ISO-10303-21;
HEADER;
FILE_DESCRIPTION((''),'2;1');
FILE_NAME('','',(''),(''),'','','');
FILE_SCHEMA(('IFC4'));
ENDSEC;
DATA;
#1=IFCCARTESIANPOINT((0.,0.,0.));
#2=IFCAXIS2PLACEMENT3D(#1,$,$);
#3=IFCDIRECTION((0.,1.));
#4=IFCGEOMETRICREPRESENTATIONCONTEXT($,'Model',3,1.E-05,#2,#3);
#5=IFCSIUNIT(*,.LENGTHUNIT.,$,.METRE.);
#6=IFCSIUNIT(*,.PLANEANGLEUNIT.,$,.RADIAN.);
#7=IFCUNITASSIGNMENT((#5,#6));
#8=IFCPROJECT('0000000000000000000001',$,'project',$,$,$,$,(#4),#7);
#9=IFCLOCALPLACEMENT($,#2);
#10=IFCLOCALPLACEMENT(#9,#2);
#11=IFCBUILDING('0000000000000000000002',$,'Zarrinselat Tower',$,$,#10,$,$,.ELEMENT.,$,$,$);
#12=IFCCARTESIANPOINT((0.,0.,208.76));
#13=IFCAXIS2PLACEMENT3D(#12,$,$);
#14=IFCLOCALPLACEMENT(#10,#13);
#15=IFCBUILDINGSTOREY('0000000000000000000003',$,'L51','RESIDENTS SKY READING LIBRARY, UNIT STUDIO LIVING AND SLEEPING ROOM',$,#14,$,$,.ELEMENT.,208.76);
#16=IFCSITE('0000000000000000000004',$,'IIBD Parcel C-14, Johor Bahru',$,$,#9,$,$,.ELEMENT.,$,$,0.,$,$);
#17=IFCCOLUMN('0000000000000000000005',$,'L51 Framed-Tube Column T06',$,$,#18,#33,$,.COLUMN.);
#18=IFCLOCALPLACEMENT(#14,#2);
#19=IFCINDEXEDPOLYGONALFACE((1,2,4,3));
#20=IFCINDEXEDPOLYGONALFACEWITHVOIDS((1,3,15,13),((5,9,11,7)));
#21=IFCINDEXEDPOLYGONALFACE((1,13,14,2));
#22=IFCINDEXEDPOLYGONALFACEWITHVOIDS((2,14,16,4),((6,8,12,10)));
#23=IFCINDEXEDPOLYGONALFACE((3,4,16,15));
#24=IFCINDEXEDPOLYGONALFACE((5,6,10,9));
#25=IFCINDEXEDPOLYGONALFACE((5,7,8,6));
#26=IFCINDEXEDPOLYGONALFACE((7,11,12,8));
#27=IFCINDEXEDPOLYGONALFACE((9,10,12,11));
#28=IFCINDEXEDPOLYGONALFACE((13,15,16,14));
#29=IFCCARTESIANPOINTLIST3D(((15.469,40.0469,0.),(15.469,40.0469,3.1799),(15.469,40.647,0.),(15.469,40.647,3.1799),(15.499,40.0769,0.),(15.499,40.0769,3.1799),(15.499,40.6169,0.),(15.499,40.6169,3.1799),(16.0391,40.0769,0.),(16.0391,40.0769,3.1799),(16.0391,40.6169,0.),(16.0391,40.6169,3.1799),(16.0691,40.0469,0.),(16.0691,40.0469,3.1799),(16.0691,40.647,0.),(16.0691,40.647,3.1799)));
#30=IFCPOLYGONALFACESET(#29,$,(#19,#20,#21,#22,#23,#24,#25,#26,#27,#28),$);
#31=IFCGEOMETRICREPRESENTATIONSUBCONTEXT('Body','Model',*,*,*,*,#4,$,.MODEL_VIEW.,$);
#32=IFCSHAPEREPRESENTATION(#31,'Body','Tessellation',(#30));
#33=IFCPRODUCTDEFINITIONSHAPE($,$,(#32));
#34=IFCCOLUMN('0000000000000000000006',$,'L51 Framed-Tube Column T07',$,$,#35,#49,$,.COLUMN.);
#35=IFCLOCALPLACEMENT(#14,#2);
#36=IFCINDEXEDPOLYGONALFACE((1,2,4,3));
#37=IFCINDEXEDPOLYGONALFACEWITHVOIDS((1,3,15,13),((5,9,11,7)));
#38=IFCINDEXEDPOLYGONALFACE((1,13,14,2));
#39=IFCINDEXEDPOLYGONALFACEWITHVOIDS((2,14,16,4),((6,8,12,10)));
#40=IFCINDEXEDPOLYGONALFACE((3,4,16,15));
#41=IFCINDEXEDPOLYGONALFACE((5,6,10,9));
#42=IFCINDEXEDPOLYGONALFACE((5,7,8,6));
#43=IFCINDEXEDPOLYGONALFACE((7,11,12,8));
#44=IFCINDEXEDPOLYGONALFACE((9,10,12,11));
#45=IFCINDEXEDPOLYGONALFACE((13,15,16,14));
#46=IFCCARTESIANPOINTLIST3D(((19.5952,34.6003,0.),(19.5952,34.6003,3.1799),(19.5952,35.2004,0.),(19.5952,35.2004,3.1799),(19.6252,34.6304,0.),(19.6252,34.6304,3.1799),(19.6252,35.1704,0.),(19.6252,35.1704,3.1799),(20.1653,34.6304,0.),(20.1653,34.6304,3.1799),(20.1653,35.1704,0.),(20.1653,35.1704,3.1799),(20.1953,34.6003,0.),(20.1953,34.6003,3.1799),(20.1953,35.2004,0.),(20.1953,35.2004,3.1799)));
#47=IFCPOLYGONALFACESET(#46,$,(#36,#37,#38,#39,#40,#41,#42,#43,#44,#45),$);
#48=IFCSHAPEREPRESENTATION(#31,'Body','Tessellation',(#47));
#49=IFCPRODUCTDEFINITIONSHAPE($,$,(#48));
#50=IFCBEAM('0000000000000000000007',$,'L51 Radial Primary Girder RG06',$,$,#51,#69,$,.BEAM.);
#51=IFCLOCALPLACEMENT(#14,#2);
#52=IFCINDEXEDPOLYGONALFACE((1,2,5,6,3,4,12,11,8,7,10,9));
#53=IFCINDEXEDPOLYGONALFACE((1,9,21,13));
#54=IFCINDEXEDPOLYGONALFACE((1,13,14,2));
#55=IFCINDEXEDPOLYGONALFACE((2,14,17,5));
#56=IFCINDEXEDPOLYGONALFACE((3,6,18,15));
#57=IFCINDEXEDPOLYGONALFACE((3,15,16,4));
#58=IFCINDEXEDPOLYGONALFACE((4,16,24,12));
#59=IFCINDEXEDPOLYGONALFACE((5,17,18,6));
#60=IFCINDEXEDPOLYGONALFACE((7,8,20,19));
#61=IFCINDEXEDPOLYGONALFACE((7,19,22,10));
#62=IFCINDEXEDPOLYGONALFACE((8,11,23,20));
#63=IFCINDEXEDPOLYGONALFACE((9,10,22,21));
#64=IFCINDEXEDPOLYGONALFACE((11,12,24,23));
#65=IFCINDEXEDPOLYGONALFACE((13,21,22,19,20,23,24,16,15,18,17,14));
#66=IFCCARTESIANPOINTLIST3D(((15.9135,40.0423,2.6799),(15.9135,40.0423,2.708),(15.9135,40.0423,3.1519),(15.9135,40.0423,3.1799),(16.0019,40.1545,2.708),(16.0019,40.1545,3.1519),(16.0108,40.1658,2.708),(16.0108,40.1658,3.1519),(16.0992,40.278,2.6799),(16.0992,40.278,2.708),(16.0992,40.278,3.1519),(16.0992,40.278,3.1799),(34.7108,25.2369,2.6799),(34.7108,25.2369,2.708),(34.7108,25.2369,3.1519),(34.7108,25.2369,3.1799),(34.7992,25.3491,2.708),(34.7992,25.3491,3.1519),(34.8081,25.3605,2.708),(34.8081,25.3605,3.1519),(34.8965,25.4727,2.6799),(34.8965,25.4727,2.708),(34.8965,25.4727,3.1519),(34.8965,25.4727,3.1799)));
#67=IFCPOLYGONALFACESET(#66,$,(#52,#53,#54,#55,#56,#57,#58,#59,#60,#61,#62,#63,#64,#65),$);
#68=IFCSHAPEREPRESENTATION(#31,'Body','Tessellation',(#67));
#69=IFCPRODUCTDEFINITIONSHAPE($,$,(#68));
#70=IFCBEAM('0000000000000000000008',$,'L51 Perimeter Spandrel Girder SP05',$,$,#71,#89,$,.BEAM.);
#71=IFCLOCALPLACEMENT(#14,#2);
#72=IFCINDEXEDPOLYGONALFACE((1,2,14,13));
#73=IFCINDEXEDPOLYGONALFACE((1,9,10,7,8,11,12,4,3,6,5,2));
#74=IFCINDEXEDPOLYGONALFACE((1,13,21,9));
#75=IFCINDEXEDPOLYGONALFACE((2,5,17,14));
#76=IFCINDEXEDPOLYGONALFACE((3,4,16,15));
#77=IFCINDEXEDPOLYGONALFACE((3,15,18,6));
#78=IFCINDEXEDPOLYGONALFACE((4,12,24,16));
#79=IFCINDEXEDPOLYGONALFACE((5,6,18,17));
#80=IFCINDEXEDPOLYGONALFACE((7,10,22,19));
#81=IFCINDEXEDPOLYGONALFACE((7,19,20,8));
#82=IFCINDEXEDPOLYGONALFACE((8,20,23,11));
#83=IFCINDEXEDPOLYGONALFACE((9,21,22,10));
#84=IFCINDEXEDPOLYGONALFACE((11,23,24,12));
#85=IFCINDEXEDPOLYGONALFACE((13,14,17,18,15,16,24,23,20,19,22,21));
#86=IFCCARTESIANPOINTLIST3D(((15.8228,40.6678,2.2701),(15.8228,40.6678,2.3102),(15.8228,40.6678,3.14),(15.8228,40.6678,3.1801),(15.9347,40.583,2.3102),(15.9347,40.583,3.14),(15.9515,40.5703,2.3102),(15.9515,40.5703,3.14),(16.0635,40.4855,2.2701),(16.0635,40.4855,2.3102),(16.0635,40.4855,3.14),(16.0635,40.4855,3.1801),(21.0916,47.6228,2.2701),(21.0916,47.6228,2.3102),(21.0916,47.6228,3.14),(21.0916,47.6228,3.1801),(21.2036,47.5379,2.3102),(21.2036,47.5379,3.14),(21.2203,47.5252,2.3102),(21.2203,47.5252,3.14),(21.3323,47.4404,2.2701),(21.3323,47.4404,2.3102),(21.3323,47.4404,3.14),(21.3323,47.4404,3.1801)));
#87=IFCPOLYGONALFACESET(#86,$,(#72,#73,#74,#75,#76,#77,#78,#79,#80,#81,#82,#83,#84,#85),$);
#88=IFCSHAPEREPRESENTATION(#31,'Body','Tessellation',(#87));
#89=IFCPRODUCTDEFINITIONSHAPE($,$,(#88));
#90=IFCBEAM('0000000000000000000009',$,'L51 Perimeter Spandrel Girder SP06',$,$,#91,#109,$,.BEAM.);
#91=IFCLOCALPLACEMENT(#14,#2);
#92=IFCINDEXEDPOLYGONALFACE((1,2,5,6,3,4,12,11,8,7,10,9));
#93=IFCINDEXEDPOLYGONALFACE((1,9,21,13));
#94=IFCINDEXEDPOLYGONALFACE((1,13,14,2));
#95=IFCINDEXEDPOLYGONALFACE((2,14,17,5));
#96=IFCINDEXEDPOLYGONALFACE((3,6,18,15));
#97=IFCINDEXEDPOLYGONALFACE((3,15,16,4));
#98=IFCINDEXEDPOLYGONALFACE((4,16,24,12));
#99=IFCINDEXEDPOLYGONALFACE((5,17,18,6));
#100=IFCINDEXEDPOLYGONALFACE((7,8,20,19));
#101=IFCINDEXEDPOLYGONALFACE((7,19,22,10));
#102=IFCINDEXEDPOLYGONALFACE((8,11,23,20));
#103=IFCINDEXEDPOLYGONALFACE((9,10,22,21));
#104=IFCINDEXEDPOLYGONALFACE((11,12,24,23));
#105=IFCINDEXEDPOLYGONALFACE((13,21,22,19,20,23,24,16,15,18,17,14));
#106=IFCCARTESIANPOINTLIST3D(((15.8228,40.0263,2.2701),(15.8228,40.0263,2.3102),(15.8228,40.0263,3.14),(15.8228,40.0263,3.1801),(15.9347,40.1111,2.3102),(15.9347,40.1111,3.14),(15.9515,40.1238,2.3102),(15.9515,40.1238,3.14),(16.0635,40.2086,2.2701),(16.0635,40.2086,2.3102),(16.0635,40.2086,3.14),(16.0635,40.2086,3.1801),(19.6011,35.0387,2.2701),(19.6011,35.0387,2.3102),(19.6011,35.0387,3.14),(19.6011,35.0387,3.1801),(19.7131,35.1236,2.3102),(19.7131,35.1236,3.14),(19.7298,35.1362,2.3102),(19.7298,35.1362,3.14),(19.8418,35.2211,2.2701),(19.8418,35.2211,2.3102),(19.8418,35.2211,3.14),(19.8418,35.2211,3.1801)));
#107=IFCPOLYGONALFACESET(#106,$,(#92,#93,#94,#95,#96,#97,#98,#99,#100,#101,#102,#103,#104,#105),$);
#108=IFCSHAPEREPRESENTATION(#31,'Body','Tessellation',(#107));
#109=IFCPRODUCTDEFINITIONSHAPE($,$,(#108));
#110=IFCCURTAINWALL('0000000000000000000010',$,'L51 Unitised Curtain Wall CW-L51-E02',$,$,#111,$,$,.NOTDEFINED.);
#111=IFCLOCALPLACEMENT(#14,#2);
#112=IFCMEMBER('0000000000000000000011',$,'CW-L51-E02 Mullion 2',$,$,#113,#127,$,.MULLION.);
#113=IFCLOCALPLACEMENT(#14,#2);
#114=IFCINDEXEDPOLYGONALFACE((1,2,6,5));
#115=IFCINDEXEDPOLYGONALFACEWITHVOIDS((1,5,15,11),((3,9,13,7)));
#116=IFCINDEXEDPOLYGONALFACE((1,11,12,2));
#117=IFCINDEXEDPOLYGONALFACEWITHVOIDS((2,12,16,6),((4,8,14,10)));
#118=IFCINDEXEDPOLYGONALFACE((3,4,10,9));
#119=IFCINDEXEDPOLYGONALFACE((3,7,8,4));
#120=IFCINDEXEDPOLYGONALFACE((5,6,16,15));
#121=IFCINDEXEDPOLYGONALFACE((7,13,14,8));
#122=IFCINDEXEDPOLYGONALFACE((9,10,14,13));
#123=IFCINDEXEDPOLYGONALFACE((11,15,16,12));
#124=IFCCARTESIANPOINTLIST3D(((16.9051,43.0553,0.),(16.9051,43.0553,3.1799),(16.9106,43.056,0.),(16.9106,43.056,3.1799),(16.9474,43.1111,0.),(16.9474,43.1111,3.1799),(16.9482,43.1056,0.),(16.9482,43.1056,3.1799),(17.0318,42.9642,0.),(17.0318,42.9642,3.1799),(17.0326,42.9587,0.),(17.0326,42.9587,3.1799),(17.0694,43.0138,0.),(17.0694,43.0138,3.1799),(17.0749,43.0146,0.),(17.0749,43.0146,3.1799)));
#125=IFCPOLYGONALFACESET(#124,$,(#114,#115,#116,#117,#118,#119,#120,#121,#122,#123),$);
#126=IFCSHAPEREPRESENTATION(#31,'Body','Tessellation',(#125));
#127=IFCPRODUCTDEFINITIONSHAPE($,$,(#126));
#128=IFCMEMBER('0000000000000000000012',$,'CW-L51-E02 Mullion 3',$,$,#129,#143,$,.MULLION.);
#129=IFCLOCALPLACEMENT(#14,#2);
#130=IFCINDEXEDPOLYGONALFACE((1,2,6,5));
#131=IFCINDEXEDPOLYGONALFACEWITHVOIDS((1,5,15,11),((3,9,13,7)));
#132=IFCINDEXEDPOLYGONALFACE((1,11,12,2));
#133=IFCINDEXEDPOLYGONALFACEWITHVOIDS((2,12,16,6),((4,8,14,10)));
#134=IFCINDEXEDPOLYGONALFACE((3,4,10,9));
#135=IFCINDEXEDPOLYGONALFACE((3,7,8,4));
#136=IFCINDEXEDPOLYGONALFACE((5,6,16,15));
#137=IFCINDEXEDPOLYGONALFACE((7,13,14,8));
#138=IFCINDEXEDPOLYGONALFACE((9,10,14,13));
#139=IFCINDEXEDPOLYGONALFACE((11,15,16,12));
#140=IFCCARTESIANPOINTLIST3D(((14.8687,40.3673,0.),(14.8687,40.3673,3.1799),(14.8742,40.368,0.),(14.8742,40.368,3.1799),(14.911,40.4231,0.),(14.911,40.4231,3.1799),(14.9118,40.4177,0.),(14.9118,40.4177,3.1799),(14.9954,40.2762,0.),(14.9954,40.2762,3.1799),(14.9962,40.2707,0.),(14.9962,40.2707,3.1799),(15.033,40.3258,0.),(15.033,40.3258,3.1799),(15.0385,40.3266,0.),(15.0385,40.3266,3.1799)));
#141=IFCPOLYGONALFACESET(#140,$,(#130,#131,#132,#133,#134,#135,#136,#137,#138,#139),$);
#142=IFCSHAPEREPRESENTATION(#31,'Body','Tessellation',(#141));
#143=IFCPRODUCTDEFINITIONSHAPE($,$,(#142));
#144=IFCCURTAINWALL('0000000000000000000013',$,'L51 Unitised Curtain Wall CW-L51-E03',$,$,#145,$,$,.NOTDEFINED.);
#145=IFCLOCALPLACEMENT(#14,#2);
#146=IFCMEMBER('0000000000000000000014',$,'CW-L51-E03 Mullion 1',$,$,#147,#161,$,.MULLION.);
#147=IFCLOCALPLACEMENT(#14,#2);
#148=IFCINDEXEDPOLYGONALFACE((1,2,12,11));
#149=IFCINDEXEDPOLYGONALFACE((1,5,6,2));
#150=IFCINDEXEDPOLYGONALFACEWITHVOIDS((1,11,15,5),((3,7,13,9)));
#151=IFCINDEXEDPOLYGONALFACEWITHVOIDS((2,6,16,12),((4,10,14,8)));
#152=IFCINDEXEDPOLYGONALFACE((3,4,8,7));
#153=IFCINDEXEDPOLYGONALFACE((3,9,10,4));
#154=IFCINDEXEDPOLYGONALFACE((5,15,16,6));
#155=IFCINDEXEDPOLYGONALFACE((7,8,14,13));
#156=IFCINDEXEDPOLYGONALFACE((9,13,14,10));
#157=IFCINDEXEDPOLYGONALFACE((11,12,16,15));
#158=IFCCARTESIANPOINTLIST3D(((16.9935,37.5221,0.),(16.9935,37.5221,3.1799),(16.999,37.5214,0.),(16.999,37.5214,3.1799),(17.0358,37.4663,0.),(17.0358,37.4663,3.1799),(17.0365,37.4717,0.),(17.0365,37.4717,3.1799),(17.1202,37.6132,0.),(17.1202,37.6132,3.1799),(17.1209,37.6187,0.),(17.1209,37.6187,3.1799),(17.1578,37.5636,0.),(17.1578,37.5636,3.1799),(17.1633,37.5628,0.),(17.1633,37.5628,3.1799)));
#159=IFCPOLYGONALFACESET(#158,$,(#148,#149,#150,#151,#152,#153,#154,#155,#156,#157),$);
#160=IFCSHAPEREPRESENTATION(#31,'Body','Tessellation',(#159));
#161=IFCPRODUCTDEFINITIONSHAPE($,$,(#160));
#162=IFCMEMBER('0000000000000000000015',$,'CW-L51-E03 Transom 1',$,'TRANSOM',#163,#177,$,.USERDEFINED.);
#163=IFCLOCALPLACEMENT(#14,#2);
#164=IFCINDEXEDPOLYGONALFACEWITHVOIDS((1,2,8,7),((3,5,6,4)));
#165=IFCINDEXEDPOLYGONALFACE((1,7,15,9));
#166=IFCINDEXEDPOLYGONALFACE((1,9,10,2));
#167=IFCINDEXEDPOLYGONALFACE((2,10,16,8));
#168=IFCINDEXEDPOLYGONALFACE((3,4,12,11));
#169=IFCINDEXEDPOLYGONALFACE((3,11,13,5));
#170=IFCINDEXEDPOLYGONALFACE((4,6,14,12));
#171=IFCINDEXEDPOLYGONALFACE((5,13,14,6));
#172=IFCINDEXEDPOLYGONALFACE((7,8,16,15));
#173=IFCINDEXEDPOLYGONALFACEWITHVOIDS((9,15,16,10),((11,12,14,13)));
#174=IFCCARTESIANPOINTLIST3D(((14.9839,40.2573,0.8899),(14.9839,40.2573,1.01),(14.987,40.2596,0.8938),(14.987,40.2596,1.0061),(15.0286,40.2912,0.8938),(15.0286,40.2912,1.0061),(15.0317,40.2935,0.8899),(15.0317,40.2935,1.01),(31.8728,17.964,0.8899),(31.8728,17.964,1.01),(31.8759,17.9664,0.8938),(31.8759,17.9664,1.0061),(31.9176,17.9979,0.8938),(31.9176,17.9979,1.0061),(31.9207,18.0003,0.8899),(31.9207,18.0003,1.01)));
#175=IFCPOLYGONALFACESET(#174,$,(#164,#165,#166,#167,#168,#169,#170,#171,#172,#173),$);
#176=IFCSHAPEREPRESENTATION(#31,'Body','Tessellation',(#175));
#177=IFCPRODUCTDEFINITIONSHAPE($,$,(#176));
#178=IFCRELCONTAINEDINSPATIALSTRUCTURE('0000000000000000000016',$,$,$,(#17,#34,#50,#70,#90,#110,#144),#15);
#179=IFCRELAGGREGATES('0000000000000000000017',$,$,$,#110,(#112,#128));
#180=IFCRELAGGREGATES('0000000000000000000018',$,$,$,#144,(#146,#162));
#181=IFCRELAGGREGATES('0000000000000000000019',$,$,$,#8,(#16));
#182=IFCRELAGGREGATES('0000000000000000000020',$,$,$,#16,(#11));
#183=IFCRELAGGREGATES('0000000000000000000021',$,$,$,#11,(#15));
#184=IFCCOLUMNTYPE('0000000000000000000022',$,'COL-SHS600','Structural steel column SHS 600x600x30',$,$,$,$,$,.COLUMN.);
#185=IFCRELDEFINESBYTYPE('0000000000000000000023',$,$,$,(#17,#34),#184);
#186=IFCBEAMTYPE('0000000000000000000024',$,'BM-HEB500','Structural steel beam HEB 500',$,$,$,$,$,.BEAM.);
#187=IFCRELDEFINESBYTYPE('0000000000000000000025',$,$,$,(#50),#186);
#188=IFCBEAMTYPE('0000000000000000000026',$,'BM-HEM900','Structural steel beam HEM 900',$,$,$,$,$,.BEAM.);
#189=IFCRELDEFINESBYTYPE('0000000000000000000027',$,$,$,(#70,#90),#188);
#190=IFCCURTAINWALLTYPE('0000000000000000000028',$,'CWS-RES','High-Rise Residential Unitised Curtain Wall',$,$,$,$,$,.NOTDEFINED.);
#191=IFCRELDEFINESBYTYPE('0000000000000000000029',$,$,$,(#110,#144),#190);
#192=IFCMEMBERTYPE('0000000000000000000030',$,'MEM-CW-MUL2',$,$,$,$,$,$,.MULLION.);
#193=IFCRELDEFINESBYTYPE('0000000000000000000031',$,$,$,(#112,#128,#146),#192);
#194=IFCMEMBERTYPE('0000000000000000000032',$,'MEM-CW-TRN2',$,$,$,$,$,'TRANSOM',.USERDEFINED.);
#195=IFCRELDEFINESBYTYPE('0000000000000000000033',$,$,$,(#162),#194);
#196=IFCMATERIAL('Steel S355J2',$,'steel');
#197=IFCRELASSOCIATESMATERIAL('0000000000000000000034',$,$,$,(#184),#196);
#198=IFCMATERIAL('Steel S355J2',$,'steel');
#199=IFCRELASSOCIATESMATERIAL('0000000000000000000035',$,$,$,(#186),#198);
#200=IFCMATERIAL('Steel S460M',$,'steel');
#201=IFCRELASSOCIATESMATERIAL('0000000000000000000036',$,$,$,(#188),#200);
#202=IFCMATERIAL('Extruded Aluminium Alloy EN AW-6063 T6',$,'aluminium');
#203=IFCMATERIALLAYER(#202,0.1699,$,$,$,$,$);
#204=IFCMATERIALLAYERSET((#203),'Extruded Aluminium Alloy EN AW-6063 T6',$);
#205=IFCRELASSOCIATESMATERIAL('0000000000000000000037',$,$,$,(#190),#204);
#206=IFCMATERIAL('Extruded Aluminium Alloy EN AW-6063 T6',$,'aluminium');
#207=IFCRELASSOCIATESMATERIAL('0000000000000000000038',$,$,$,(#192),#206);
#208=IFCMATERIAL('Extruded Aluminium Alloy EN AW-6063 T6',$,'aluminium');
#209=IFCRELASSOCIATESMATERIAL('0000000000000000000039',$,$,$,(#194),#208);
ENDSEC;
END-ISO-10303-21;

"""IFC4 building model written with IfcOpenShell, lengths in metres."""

from ifc_helpers import new_model, si_unit, direction, frame, origin, origin_2d, place, context, subcontext, project, spatial, hollow_rectangle, i_section, extrude, material, layer, layer_set, material_profile, profile_set, type_object, element, aggregate, save


model = new_model("IFC4")

# Units and contexts
model_context = context("Model", 3, precision=1e-05, world=origin(), true_north=direction((0.0, 1.0)))
body_context = subcontext(model_context, "Body", "Model", "MODEL_VIEW")
ifc_project = project(units=[si_unit("LENGTHUNIT", "METRE"), si_unit("PLANEANGLEUNIT", "RADIAN")], contexts=[model_context])

# Site, building, storey
site_placement = place(None, origin())
site = spatial("IfcSite", under=ifc_project, at=site_placement, Name="IIBD Parcel C-14, Johor Bahru", CompositionType="ELEMENT", RefElevation=0.0)
building_placement = place(site_placement, origin())
building = spatial("IfcBuilding", under=site, at=building_placement, Name="Zarrinselat Tower", CompositionType="ELEMENT")
storey_placement = place(building_placement, frame((0.0, 0.0, 208.76)))
storey = spatial("IfcBuildingStorey", under=building, at=storey_placement, Name="L51", Description="RESIDENTS SKY READING LIBRARY, UNIT STUDIO LIVING AND SLEEPING ROOM", CompositionType="ELEMENT", Elevation=208.76)

# Columns
ifc_material_1 = material(Name="Steel S355J2", Category="steel")
ifc_material_profile_1 = material_profile(ifc_material_1, hollow_rectangle(XDim=0.6001, YDim=0.6001, WallThickness=0.03, at=origin_2d()), Name="SHS 600x600x30")
ifc_profile_set_1 = profile_set([ifc_material_profile_1], Name="Steel S355J2")
column_type = type_object("IfcColumnType", Name="COL-SHS600", Description="Structural steel column SHS 600x600x30", PredefinedType="COLUMN", material=ifc_profile_set_1)
for number, where, z_axis, x_axis, name in (
    (1, (15.769, 40.3469, 0.0), (0.0, 0.0, 1.0), (1.0, 0.0, 0.0), "L51 Framed-Tube Column T06"),
    (2, (19.8953, 34.9004, 0.0), (0.0, 0.0, 1.0), (1.0, 0.0, 0.0), "L51 Framed-Tube Column T07"),
):
    element("IfcColumn", number, at=place(storey_placement, frame(where, z_axis=z_axis, x_axis=x_axis)), inside=storey, type_object=column_type, Name=name, PredefinedType="COLUMN", context=body_context, shape_type="SweptSolid", body=[
        extrude(hollow_rectangle(XDim=0.6001, YDim=0.6001, WallThickness=0.03, at=origin_2d()), origin(), (0.0, 0.0, 1.0), 3.1799),
    ])

# Beams
ifc_material_2 = material(Name="Steel S355J2", Category="steel")
ifc_material_profile_2 = material_profile(ifc_material_2, i_section(OverallWidth=0.3, OverallDepth=0.5, WebThickness=0.0144, FlangeThickness=0.0281, at=origin_2d()), Name="HEB 500")
ifc_profile_set_2 = profile_set([ifc_material_profile_2], Name="Steel S355J2")
beam_type_1 = type_object("IfcBeamType", Name="BM-HEB500", Description="Structural steel beam HEB 500", PredefinedType="BEAM", material=ifc_profile_set_2)
beam_1_placement = place(storey_placement, frame((16.0063, 40.1602, 2.9299), z_axis=(0.785586, -0.618753, 0.0), x_axis=(0.618753, 0.785586, 0.0)))
element("IfcBeam", 3, at=beam_1_placement, inside=storey, type_object=beam_type_1, Name="L51 Radial Primary Girder RG06", PredefinedType="BEAM", context=body_context, shape_type="SweptSolid", body=[
    extrude(i_section(OverallWidth=0.3, OverallDepth=0.5, WebThickness=0.0144, FlangeThickness=0.0281, at=origin_2d()), origin(), (0.0, 0.0, 1.0), 23.9277),
])
ifc_material_3 = material(Name="Steel S460M", Category="steel")
ifc_material_profile_3 = material_profile(ifc_material_3, i_section(OverallWidth=0.302, OverallDepth=0.9099, WebThickness=0.021, FlangeThickness=0.04, at=origin_2d()), Name="HEM 900")
ifc_profile_set_3 = profile_set([ifc_material_profile_3], Name="Steel S460M")
beam_type_2 = type_object("IfcBeamType", Name="BM-HEM900", Description="Structural steel beam HEM 900", PredefinedType="BEAM", material=ifc_profile_set_3)
beam_2_placement = place(storey_placement, frame((15.9431, 40.5767, 2.7251), z_axis=(0.603857, 0.797093, 0.0), x_axis=(-0.797093, 0.603857, 0.0)))
element("IfcBeam", 4, at=beam_2_placement, inside=storey, type_object=beam_type_2, Name="L51 Perimeter Spandrel Girder SP05", PredefinedType="BEAM", context=body_context, shape_type="SweptSolid", body=[
    extrude(i_section(OverallWidth=0.302, OverallDepth=0.9099, WebThickness=0.021, FlangeThickness=0.04, at=origin_2d()), origin(), (0.0, 0.0, 1.0), 8.7253),
])
beam_3_placement = place(storey_placement, frame((15.9431, 40.1174, 2.7251), z_axis=(0.603845, -0.797102, 0.0), x_axis=(0.797102, 0.603845, 0.0)))
element("IfcBeam", 5, at=beam_3_placement, inside=storey, type_object=beam_type_2, Name="L51 Perimeter Spandrel Girder SP06", PredefinedType="BEAM", context=body_context, shape_type="SweptSolid", body=[
    extrude(i_section(OverallWidth=0.302, OverallDepth=0.9099, WebThickness=0.021, FlangeThickness=0.04, at=origin_2d()), origin(), (0.0, 0.0, 1.0), 6.2571),
])

# Curtain walls, members
ifc_material_4 = material(Name="Extruded Aluminium Alloy EN AW-6063 T6", Category="aluminium")
ifc_layer_1 = layer(ifc_material_4, 0.1699)
ifc_layer_set_1 = layer_set([ifc_layer_1], Name="Extruded Aluminium Alloy EN AW-6063 T6")
curtain_wall_type = type_object("IfcCurtainWallType", Name="CWS-RES", Description="High-Rise Residential Unitised Curtain Wall", PredefinedType="NOTDEFINED", material=ifc_layer_set_1)
curtain_wall_1_placement = place(storey_placement, origin())
curtain_wall_1 = element("IfcCurtainWall", 6, at=curtain_wall_1_placement, inside=storey, type_object=curtain_wall_type, Name="L51 Unitised Curtain Wall CW-L51-E02", PredefinedType="NOTDEFINED")
ifc_material_5 = material(Name="Extruded Aluminium Alloy EN AW-6063 T6", Category="aluminium")
ifc_material_profile_4 = material_profile(ifc_material_5, hollow_rectangle(XDim=0.0701, YDim=0.1599, WallThickness=0.0039, at=origin_2d()), Name="RHS 160x70x4")
ifc_profile_set_4 = profile_set([ifc_material_profile_4], Name="Extruded Aluminium Alloy EN AW-6063 T6")
member_type_1 = type_object("IfcMemberType", Name="MEM-CW-MUL2", PredefinedType="MULLION", material=ifc_profile_set_4)
member_1_placement = place(storey_placement, frame((16.99, 43.0349, 0.0), z_axis=(0.0, 0.0, 1.0), x_axis=(-0.603854, -0.797095, 0.0)))
member_1 = element("IfcMember", 7, at=member_1_placement, type_object=member_type_1, Name="CW-L51-E02 Mullion 2", PredefinedType="MULLION", context=body_context, shape_type="SweptSolid", body=[
    extrude(hollow_rectangle(XDim=0.0701, YDim=0.1599, WallThickness=0.0039, at=origin_2d()), origin(), (0.0, 0.0, 1.0), 3.1799),
])
member_2_placement = place(storey_placement, frame((14.9536, 40.3469, 0.0), z_axis=(0.0, 0.0, 1.0), x_axis=(-0.603854, -0.797095, 0.0)))
member_2 = element("IfcMember", 8, at=member_2_placement, type_object=member_type_1, Name="CW-L51-E02 Mullion 3", PredefinedType="MULLION", context=body_context, shape_type="SweptSolid", body=[
    extrude(hollow_rectangle(XDim=0.0701, YDim=0.1599, WallThickness=0.0039, at=origin_2d()), origin(), (0.0, 0.0, 1.0), 3.1799),
])
curtain_wall_2_placement = place(storey_placement, origin())
curtain_wall_2 = element("IfcCurtainWall", 9, at=curtain_wall_2_placement, inside=storey, type_object=curtain_wall_type, Name="L51 Unitised Curtain Wall CW-L51-E03", PredefinedType="NOTDEFINED")
member_3_placement = place(storey_placement, frame((17.0784, 37.5425, 0.0), z_axis=(0.0, 0.0, 1.0), x_axis=(0.603859, -0.797091, 0.0)))
member_3 = element("IfcMember", 10, at=member_3_placement, type_object=member_type_1, Name="CW-L51-E03 Mullion 1", PredefinedType="MULLION", context=body_context, shape_type="SweptSolid", body=[
    extrude(hollow_rectangle(XDim=0.0701, YDim=0.1599, WallThickness=0.0039, at=origin_2d()), origin(), (0.0, 0.0, 1.0), 3.1799),
])
ifc_material_6 = material(Name="Extruded Aluminium Alloy EN AW-6063 T6", Category="aluminium")
ifc_material_profile_5 = material_profile(ifc_material_6, hollow_rectangle(XDim=0.0601, YDim=0.1201, WallThickness=0.0039, at=origin_2d()), Name="RHS 120x60x4")
ifc_profile_set_5 = profile_set([ifc_material_profile_5], Name="Extruded Aluminium Alloy EN AW-6063 T6")
member_type_2 = type_object("IfcMemberType", Name="MEM-CW-TRN2", ElementType="TRANSOM", PredefinedType="USERDEFINED", material=ifc_profile_set_5)
member_4_placement = place(storey_placement, frame((15.0078, 40.2754, 0.95), z_axis=(0.60386, -0.79709, 0.0), x_axis=(0.79709, 0.60386, 0.0)))
member_4 = element("IfcMember", 11, at=member_4_placement, type_object=member_type_2, Name="CW-L51-E03 Transom 1", ObjectType="TRANSOM", PredefinedType="USERDEFINED", context=body_context, shape_type="SweptSolid", body=[
    extrude(hollow_rectangle(XDim=0.0601, YDim=0.1201, WallThickness=0.0039, at=origin_2d()), origin(), (0.0, 0.0, 1.0), 27.9683),
])

aggregate(curtain_wall_1, [member_1, member_2])
aggregate(curtain_wall_2, [member_3, member_4])

save(model, "model.ifc")
